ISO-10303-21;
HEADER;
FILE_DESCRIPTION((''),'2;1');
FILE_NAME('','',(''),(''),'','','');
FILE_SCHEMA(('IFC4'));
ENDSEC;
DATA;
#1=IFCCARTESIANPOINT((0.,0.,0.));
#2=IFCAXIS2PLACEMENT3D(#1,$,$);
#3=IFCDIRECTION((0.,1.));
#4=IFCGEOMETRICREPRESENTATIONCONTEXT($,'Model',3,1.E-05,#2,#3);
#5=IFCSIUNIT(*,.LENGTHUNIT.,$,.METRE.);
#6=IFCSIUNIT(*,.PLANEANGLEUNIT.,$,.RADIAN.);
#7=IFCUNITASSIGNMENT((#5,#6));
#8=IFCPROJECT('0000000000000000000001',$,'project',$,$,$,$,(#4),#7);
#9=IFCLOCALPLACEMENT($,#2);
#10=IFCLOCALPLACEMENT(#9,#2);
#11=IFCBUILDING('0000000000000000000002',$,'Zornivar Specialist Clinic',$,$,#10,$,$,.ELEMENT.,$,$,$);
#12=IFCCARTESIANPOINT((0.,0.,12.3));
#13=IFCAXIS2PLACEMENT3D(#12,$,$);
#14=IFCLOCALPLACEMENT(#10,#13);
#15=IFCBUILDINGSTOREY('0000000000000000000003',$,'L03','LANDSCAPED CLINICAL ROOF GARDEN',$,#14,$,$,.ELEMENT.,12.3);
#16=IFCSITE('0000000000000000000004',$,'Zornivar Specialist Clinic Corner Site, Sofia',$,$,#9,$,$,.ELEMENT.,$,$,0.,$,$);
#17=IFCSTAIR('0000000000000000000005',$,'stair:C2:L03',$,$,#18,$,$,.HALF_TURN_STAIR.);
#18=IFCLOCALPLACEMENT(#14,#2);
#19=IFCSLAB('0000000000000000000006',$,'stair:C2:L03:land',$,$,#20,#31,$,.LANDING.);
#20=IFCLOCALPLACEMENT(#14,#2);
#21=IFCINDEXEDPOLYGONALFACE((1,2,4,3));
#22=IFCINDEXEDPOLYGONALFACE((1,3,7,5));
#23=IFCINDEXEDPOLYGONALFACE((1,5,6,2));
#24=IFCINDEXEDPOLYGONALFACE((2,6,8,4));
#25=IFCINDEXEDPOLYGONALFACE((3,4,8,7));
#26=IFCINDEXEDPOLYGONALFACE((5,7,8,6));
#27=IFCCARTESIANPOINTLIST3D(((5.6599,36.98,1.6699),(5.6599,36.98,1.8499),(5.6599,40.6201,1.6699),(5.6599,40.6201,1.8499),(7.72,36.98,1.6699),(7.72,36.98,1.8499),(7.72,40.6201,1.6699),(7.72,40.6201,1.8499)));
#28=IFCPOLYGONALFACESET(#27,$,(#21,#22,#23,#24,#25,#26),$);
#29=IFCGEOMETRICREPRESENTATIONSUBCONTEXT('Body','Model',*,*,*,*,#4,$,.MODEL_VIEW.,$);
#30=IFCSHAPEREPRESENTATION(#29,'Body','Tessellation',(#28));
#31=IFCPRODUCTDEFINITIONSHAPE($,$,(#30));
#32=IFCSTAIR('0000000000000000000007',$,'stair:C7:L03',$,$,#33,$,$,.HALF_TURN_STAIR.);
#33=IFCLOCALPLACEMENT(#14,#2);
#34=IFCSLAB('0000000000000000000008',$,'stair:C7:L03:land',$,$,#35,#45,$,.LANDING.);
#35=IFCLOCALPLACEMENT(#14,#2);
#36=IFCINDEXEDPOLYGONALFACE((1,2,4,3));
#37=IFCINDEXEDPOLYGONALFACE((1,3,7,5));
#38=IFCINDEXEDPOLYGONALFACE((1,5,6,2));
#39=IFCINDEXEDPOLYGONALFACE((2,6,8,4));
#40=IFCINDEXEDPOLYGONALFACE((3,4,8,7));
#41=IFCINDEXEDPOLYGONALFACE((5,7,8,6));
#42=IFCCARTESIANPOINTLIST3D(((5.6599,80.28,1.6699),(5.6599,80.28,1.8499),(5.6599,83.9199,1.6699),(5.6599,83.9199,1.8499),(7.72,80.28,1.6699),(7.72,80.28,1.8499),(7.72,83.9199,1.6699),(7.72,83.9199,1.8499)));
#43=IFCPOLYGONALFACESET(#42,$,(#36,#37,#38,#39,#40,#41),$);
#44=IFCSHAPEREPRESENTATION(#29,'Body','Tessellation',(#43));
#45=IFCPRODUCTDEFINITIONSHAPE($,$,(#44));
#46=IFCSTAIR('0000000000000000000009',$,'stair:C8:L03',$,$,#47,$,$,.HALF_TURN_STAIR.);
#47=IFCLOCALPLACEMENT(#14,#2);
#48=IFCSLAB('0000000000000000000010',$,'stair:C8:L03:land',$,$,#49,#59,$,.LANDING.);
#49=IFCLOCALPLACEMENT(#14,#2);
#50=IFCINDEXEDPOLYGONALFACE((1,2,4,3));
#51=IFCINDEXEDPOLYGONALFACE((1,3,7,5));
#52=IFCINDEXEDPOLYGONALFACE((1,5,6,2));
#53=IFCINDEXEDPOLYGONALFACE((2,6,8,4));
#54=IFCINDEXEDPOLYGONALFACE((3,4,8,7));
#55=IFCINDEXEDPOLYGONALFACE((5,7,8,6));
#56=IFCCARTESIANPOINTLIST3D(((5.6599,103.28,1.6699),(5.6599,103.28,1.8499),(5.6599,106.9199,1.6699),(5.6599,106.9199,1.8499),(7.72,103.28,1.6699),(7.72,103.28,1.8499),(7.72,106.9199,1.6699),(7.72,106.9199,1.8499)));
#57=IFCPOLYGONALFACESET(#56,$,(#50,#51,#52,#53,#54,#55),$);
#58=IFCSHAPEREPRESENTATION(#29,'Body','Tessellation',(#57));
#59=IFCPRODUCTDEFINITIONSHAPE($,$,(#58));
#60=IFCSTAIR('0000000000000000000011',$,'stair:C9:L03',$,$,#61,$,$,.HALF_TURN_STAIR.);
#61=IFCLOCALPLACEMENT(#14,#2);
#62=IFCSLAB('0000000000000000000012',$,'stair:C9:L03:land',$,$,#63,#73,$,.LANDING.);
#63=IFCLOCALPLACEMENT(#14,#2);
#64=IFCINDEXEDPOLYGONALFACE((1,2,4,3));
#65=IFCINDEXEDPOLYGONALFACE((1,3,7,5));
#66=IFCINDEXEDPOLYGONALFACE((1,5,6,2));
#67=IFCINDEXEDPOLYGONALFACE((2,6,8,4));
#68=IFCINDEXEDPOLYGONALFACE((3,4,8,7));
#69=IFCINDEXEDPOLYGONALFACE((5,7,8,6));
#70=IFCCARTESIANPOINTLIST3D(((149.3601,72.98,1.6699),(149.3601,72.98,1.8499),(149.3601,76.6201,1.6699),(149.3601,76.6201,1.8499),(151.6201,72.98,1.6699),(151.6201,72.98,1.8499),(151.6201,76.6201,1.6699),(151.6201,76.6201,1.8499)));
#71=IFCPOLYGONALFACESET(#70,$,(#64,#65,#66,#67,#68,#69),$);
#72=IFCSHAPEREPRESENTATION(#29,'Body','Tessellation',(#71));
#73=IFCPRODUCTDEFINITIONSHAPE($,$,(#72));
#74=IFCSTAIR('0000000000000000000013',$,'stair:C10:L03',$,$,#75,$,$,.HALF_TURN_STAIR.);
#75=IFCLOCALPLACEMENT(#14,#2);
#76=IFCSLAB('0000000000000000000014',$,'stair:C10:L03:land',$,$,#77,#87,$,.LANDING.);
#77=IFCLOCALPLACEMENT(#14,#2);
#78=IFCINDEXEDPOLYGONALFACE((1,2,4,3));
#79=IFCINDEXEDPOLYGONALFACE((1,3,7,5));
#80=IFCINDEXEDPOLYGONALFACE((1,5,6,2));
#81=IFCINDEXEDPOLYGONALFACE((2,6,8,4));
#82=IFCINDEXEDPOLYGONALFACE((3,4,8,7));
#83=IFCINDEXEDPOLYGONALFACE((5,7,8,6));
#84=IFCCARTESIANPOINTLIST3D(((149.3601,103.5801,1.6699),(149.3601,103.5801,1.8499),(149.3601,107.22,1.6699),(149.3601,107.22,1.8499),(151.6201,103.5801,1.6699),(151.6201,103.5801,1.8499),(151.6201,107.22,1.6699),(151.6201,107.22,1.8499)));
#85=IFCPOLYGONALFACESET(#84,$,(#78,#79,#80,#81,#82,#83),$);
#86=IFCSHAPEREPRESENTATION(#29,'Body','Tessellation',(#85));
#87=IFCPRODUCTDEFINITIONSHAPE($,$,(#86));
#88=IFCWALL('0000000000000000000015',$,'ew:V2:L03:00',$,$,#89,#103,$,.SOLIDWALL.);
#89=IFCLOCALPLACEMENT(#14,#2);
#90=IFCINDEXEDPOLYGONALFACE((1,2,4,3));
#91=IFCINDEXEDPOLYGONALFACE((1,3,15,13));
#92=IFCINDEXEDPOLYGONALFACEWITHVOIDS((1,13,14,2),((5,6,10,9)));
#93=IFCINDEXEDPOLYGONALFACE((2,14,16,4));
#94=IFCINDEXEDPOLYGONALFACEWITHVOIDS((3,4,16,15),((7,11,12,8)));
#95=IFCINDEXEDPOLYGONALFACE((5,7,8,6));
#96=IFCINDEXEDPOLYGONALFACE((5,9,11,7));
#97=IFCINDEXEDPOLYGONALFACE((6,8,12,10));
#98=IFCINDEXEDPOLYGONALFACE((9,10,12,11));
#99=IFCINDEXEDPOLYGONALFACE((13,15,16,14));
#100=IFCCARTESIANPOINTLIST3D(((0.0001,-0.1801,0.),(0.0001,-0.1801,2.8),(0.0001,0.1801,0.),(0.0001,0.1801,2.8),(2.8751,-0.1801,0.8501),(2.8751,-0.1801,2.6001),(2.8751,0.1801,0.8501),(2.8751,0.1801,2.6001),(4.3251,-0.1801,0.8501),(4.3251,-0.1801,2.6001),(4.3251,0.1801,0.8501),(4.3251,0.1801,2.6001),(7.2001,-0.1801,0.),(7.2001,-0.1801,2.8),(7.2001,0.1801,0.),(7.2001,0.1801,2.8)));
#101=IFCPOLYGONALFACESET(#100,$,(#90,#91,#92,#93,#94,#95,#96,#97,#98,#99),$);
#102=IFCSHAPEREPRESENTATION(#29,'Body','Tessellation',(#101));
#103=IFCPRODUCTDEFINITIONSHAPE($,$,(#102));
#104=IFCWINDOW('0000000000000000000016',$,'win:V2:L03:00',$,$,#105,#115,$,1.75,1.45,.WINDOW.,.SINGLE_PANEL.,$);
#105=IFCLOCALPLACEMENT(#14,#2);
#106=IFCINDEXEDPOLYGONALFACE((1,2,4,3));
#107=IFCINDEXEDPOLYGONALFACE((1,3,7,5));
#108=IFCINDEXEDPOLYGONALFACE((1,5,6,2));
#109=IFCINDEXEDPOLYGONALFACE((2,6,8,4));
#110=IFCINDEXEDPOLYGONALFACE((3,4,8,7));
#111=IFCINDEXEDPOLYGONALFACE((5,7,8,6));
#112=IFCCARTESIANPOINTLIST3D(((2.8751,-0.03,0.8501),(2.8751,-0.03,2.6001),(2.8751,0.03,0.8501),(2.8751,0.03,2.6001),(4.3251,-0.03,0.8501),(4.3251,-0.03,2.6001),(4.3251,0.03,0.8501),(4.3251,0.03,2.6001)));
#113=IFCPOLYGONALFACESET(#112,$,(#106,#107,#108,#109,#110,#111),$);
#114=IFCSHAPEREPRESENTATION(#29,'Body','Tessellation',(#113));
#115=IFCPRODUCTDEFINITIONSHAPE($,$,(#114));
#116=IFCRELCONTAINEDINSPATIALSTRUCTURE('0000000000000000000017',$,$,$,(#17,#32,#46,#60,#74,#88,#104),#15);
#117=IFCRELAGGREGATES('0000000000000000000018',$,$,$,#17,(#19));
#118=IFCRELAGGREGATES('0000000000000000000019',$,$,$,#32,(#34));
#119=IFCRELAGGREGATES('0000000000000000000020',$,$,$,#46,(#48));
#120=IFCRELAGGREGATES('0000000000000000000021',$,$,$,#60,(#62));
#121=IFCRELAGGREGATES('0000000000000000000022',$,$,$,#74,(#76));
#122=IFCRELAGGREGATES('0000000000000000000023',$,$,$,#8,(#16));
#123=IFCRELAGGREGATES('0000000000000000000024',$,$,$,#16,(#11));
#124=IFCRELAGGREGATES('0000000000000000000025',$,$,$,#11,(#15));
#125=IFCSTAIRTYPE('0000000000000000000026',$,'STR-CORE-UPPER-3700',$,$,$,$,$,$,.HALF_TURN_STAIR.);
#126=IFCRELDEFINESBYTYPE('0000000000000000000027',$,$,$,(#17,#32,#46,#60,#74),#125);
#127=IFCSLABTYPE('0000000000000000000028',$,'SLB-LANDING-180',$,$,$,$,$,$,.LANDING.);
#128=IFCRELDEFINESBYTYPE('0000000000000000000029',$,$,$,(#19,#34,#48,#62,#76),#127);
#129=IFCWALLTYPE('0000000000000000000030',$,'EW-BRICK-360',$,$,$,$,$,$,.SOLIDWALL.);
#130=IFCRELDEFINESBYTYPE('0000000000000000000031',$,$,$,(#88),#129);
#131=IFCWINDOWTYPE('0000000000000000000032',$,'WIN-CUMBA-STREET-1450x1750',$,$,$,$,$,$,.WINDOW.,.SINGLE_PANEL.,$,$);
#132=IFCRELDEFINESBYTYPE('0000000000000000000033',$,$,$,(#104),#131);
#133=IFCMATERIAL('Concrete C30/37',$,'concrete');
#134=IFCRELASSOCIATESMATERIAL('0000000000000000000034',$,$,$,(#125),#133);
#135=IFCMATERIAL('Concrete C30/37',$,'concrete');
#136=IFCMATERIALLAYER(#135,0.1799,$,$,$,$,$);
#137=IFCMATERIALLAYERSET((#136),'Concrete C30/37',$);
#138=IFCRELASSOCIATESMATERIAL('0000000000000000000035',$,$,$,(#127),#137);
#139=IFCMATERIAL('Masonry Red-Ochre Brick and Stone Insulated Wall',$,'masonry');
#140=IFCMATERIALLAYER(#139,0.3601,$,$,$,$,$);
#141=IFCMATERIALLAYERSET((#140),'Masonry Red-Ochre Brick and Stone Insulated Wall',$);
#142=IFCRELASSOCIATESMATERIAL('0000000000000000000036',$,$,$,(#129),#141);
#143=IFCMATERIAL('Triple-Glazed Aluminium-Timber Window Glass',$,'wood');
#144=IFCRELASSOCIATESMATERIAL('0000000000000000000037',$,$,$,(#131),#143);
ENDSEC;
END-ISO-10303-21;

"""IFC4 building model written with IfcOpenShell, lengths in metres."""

from ifc_helpers import new_model, si_unit, direction, frame, frame_2d, origin, origin_with_axes, place, context, subcontext, project, spatial, polyline, rectangle, outline, extrude, material, layer, layer_set, type_object, element, fill, aggregate, save


model = new_model("IFC4")

# Units and contexts
model_context = context("Model", 3, precision=1e-05, world=origin(), true_north=direction((0.0, 1.0)))
body_context = subcontext(model_context, "Body", "Model", "MODEL_VIEW")
ifc_project = project(units=[si_unit("LENGTHUNIT", "METRE"), si_unit("PLANEANGLEUNIT", "RADIAN")], contexts=[model_context])

# Site, building, storey
site_placement = place(None, origin())
site = spatial("IfcSite", under=ifc_project, at=site_placement, Name="Zornivar Specialist Clinic Corner Site, Sofia", CompositionType="ELEMENT", RefElevation=0.0)
building_placement = place(site_placement, origin())
building = spatial("IfcBuilding", under=site, at=building_placement, Name="Zornivar Specialist Clinic", CompositionType="ELEMENT")
storey_placement = place(building_placement, frame((0.0, 0.0, 12.3)))
storey = spatial("IfcBuildingStorey", under=building, at=storey_placement, Name="L03", Description="LANDSCAPED CLINICAL ROOF GARDEN", CompositionType="ELEMENT", Elevation=12.3)

# Stairs, slabs
ifc_material_1 = material(Name="Concrete C30/37", Category="concrete")
stair_type = type_object("IfcStairType", Name="STR-CORE-UPPER-3700", PredefinedType="HALF_TURN_STAIR", material=ifc_material_1)
ifc_material_2 = material(Name="Concrete C30/37", Category="concrete")
ifc_layer_1 = layer(ifc_material_2, 0.1799)
ifc_layer_set_1 = layer_set([ifc_layer_1], Name="Concrete C30/37")
slab_type_1 = type_object("IfcSlabType", Name="SLB-LANDING-180", PredefinedType="LANDING", material=ifc_layer_set_1)
stair_1_placement = place(storey_placement, origin())
stair_1 = element("IfcStair", 1, at=stair_1_placement, inside=storey, type_object=stair_type, Name="stair:C2:L03", PredefinedType="HALF_TURN_STAIR")
slab_1_placement = place(storey_placement, frame((0.0, 0.0, 1.6699)))
slab_1 = element("IfcSlab", 2, at=slab_1_placement, type_object=slab_type_1, Name="stair:C2:L03:land", PredefinedType="LANDING", context=body_context, shape_type="SweptSolid", body=[
    extrude(outline(polyline([(5.6599, 36.98), (7.72, 36.98), (7.72, 40.6201), (5.6599, 40.6201), (5.6599, 36.98)])), origin(), (0.0, 0.0, 1.0), 0.1799),
])
aggregate(stair_1, [slab_1])
stair_2_placement = place(storey_placement, origin())
stair_2 = element("IfcStair", 3, at=stair_2_placement, inside=storey, type_object=stair_type, Name="stair:C7:L03", PredefinedType="HALF_TURN_STAIR")
slab_2_placement = place(storey_placement, frame((0.0, 0.0, 1.6699)))
slab_2 = element("IfcSlab", 4, at=slab_2_placement, type_object=slab_type_1, Name="stair:C7:L03:land", PredefinedType="LANDING", context=body_context, shape_type="SweptSolid", body=[
    extrude(outline(polyline([(5.6599, 80.28), (7.72, 80.28), (7.72, 83.9199), (5.6599, 83.9199), (5.6599, 80.28)])), origin(), (0.0, 0.0, 1.0), 0.1799),
])
aggregate(stair_2, [slab_2])
stair_3_placement = place(storey_placement, origin())
stair_3 = element("IfcStair", 5, at=stair_3_placement, inside=storey, type_object=stair_type, Name="stair:C8:L03", PredefinedType="HALF_TURN_STAIR")
slab_3_placement = place(storey_placement, frame((0.0, 0.0, 1.6699)))
slab_3 = element("IfcSlab", 6, at=slab_3_placement, type_object=slab_type_1, Name="stair:C8:L03:land", PredefinedType="LANDING", context=body_context, shape_type="SweptSolid", body=[
    extrude(outline(polyline([(5.6599, 103.28), (7.72, 103.28), (7.72, 106.9199), (5.6599, 106.9199), (5.6599, 103.28)])), origin(), (0.0, 0.0, 1.0), 0.1799),
])
aggregate(stair_3, [slab_3])
stair_4_placement = place(storey_placement, origin())
stair_4 = element("IfcStair", 7, at=stair_4_placement, inside=storey, type_object=stair_type, Name="stair:C9:L03", PredefinedType="HALF_TURN_STAIR")
slab_4_placement = place(storey_placement, frame((0.0, 0.0, 1.6699)))
slab_4 = element("IfcSlab", 8, at=slab_4_placement, type_object=slab_type_1, Name="stair:C9:L03:land", PredefinedType="LANDING", context=body_context, shape_type="SweptSolid", body=[
    extrude(outline(polyline([(149.3601, 72.98), (151.6201, 72.98), (151.6201, 76.6201), (149.3601, 76.6201), (149.3601, 72.98)])), origin(), (0.0, 0.0, 1.0), 0.1799),
])
aggregate(stair_4, [slab_4])
stair_5_placement = place(storey_placement, origin())
stair_5 = element("IfcStair", 9, at=stair_5_placement, inside=storey, type_object=stair_type, Name="stair:C10:L03", PredefinedType="HALF_TURN_STAIR")
slab_5_placement = place(storey_placement, frame((0.0, 0.0, 1.6699)))
slab_5 = element("IfcSlab", 10, at=slab_5_placement, type_object=slab_type_1, Name="stair:C10:L03:land", PredefinedType="LANDING", context=body_context, shape_type="SweptSolid", body=[
    extrude(outline(polyline([(149.3601, 103.5801), (151.6201, 103.5801), (151.6201, 107.22), (149.3601, 107.22), (149.3601, 103.5801)])), origin(), (0.0, 0.0, 1.0), 0.1799),
])
aggregate(stair_5, [slab_5])

# Wall, opening, window
ifc_material_3 = material(Name="Masonry Red-Ochre Brick and Stone Insulated Wall", Category="masonry")
ifc_layer_2 = layer(ifc_material_3, 0.3601)
ifc_layer_set_2 = layer_set([ifc_layer_2], Name="Masonry Red-Ochre Brick and Stone Insulated Wall")
wall_type = type_object("IfcWallType", Name="EW-BRICK-360", PredefinedType="SOLIDWALL", material=ifc_layer_set_2)
wall_placement = place(storey_placement, origin_with_axes())
wall = element("IfcWall", 11, at=wall_placement, inside=storey, type_object=wall_type, Name="ew:V2:L03:00", PredefinedType="SOLIDWALL", context=body_context, shape_type="SweptSolid", body=[
    extrude(rectangle(XDim=7.2, YDim=0.3601, at=frame_2d((3.6001, 0.0))), origin(), (0.0, 0.0, 1.0), 2.8),
])
opening_placement = place(wall_placement, frame((2.875, 0.0, 0.8501)))
opening = element("IfcOpeningElement", 12, at=opening_placement, cuts=wall, PredefinedType="OPENING", context=body_context, shape_type="SweptSolid", body=[
    extrude(rectangle(XDim=1.45, YDim=1.75, at=frame_2d((0.7251, 0.875))), frame((0.0, 0.1899, 0.0), z_axis=(0.0, -1.0, 0.0), x_axis=(1.0, 0.0, 0.0)), (0.0, 0.0, 1.0), 0.3801),
])
ifc_material_4 = material(Name="Triple-Glazed Aluminium-Timber Window Glass", Category="wood")
window_type = type_object("IfcWindowType", Name="WIN-CUMBA-STREET-1450x1750", PartitioningType="SINGLE_PANEL", PredefinedType="WINDOW", material=ifc_material_4)
window_placement = place(opening_placement, origin())
window = element("IfcWindow", 13, at=window_placement, inside=storey, type_object=window_type, Name="win:V2:L03:00", OverallHeight=1.75, OverallWidth=1.45, PartitioningType="SINGLE_PANEL", PredefinedType="WINDOW", context=body_context, shape_type="SweptSolid", body=[
    extrude(rectangle(XDim=1.45, YDim=1.75, at=frame_2d((0.7251, 0.875))), frame((0.0, 0.03, 0.0), z_axis=(0.0, -1.0, 0.0), x_axis=(1.0, 0.0, 0.0)), (0.0, 0.0, 1.0), 0.0601),
])
fill(opening, window)

save(model, "model.ifc")
